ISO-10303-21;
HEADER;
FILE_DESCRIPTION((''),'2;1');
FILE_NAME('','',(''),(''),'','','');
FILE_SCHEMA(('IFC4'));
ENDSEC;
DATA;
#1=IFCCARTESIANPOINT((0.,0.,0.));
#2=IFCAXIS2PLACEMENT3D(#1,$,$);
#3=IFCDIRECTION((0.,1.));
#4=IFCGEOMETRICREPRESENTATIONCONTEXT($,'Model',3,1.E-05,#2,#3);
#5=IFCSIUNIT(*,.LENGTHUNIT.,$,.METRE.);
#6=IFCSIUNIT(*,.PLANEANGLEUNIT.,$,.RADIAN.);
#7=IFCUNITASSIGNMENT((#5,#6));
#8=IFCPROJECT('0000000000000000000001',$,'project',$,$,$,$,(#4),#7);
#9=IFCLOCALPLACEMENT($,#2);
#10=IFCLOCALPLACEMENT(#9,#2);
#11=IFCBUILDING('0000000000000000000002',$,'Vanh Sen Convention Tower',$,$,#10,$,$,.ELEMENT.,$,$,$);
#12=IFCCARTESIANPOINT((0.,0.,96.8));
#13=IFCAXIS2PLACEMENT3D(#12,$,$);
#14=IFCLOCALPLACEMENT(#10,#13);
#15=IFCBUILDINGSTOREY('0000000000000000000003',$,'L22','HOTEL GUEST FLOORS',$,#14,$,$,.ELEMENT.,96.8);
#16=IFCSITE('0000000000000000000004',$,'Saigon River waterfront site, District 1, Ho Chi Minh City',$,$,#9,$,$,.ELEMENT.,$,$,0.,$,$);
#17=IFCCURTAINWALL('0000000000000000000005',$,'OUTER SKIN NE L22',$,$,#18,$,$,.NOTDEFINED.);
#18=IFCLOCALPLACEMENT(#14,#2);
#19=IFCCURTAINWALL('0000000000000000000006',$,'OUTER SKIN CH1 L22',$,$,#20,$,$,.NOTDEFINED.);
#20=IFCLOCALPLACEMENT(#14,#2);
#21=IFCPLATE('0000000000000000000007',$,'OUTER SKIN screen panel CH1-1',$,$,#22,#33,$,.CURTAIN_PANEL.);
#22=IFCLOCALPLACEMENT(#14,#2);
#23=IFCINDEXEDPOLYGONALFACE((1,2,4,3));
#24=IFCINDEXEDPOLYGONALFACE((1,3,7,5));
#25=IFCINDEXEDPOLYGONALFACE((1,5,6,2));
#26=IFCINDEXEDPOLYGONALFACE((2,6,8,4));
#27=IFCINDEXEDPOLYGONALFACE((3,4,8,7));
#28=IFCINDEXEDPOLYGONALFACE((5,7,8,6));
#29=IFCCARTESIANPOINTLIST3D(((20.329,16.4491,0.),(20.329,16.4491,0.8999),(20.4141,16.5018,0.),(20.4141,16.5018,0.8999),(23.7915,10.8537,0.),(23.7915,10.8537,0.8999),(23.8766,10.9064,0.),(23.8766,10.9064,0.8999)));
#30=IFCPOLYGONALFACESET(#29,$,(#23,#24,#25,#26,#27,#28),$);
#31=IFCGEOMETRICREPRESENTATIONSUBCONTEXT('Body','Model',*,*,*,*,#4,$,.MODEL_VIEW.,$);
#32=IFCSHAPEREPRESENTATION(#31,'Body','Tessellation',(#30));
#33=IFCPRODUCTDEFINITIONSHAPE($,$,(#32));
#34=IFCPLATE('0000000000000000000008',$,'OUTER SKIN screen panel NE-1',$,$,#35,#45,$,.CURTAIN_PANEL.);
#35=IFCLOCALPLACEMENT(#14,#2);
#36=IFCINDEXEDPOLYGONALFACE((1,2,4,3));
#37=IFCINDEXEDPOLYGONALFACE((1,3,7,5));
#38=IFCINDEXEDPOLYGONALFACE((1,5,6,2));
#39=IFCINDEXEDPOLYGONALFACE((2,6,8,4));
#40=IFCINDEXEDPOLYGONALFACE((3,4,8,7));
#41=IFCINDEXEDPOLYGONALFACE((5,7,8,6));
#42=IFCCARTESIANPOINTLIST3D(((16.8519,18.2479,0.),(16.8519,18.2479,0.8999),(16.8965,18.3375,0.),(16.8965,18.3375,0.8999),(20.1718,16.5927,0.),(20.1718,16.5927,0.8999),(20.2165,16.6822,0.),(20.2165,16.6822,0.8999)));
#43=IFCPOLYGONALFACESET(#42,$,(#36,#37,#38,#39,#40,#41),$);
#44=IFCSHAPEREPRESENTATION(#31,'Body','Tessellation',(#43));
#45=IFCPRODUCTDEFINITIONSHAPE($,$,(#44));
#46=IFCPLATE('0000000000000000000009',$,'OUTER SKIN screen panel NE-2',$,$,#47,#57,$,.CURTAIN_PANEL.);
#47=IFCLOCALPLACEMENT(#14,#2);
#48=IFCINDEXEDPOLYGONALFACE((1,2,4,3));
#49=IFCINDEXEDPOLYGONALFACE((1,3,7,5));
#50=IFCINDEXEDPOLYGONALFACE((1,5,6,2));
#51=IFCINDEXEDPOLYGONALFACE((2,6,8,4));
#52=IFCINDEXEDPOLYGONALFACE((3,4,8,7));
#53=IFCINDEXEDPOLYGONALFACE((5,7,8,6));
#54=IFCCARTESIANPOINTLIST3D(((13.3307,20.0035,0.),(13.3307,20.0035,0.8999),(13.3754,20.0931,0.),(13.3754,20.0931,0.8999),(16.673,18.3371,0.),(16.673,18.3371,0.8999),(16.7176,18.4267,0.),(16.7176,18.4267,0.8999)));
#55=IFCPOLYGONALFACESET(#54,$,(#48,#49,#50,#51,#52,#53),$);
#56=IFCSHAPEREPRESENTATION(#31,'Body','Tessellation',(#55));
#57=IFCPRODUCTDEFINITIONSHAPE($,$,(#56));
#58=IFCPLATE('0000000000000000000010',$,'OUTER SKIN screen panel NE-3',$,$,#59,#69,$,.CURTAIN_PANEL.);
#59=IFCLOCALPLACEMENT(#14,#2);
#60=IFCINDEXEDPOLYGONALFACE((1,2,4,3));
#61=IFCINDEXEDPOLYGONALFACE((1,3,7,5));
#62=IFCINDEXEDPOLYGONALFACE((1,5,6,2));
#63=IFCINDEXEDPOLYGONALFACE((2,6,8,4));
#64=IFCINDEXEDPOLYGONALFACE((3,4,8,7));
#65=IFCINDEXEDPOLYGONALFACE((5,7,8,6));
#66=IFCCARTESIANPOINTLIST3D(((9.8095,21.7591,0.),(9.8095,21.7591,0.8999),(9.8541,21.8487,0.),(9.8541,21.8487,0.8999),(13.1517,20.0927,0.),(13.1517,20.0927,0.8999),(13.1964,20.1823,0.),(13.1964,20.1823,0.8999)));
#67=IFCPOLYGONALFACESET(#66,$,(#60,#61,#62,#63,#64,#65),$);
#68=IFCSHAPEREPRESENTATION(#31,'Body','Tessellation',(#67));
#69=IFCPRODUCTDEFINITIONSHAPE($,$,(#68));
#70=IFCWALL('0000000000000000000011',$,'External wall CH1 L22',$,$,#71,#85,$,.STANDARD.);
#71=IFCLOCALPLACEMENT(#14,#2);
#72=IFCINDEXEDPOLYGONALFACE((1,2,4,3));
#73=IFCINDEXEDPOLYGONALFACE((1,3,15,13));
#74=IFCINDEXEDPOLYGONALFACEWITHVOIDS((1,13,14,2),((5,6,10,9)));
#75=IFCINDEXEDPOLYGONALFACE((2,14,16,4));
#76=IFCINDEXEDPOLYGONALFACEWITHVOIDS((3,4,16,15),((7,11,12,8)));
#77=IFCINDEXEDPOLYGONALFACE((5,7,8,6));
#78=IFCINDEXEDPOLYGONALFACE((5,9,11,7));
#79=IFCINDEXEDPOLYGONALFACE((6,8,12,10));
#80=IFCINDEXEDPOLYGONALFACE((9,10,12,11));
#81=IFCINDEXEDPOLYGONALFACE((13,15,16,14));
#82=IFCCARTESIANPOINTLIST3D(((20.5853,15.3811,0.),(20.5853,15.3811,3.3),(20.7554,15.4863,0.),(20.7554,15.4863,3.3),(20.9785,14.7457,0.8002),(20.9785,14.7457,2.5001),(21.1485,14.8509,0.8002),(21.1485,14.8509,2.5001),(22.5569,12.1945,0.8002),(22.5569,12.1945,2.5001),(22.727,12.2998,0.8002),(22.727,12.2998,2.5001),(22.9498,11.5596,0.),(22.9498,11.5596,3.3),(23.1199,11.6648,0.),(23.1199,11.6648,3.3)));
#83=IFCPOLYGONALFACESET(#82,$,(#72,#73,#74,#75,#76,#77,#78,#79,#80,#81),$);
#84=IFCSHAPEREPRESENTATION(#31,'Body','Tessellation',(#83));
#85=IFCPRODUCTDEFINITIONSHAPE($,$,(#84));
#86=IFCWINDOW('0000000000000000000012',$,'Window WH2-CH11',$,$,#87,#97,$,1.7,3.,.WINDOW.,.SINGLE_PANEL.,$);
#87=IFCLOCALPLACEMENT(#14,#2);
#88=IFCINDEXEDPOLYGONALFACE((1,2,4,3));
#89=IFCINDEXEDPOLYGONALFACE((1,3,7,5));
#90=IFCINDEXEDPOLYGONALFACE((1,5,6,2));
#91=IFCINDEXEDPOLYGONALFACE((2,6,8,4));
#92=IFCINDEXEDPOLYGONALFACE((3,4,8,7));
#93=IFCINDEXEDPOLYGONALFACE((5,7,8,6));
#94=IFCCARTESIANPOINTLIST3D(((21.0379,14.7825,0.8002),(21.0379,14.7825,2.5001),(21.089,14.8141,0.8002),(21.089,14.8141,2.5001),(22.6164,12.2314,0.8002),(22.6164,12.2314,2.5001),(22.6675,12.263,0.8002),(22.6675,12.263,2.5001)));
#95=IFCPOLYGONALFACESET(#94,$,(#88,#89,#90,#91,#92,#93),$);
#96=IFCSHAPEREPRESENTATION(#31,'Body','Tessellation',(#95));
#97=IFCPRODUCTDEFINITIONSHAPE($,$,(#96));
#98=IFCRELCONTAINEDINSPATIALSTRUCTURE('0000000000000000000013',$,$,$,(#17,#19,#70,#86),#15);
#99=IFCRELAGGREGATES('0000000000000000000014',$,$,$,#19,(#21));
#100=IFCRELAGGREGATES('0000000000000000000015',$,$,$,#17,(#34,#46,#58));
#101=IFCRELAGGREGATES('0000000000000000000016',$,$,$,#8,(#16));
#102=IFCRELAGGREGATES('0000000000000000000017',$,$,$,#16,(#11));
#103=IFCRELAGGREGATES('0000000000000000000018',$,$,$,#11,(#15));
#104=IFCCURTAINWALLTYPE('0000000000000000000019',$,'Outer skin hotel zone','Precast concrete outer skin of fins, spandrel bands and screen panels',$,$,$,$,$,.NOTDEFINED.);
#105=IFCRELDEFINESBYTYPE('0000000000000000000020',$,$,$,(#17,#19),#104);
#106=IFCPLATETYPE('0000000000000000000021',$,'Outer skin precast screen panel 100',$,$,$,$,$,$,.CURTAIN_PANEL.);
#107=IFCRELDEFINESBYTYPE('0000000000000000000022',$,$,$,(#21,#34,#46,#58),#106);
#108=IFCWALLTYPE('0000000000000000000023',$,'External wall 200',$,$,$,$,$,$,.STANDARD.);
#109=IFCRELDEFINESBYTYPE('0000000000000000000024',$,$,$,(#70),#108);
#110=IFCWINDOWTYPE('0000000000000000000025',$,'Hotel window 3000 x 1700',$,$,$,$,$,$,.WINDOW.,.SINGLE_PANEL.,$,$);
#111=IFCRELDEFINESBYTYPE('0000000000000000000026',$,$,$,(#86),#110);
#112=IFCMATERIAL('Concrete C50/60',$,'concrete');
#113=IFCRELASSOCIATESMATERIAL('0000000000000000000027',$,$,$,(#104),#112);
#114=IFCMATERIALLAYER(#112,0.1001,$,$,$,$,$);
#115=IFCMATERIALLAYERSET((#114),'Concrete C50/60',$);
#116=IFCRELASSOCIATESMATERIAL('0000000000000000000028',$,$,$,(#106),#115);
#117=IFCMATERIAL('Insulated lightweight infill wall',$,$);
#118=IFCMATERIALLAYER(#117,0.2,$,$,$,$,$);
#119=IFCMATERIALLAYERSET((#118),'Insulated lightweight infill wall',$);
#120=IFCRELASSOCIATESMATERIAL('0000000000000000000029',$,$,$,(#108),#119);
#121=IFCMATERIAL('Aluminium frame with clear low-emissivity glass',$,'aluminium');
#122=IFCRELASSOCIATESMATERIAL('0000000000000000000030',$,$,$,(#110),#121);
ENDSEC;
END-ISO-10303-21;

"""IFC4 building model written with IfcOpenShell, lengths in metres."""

from ifc_helpers import new_model, si_unit, direction, frame, frame_2d, origin, origin_2d, place, context, subcontext, project, spatial, rectangle, extrude, material, layer, layer_set, type_object, element, fill, aggregate, save


model = new_model("IFC4")

# Units and contexts
model_context = context("Model", 3, precision=1e-05, world=origin(), true_north=direction((0.0, 1.0)))
body_context = subcontext(model_context, "Body", "Model", "MODEL_VIEW")
ifc_project = project(units=[si_unit("LENGTHUNIT", "METRE"), si_unit("PLANEANGLEUNIT", "RADIAN")], contexts=[model_context])

# Site, building, storey
site_placement = place(None, origin())
site = spatial("IfcSite", under=ifc_project, at=site_placement, Name="Saigon River waterfront site, District 1, Ho Chi Minh City", CompositionType="ELEMENT", RefElevation=0.0)
building_placement = place(site_placement, origin())
building = spatial("IfcBuilding", under=site, at=building_placement, Name="Vanh Sen Convention Tower", CompositionType="ELEMENT")
storey_placement = place(building_placement, frame((0.0, 0.0, 96.8)))
storey = spatial("IfcBuildingStorey", under=building, at=storey_placement, Name="L22", Description="HOTEL GUEST FLOORS", CompositionType="ELEMENT", Elevation=96.8)

# Curtain wall
ifc_material_1 = material(Name="Concrete C50/60", Category="concrete")
curtain_wall_type = type_object("IfcCurtainWallType", Name="Outer skin hotel zone", Description="Precast concrete outer skin of fins, spandrel bands and screen panels", PredefinedType="NOTDEFINED", material=ifc_material_1)
curtain_wall_1_placement = place(storey_placement, origin())
curtain_wall_1 = element("IfcCurtainWall", 1, at=curtain_wall_1_placement, inside=storey, type_object=curtain_wall_type, Name="OUTER SKIN NE L22", PredefinedType="NOTDEFINED")

# Curtain wall, plate
curtain_wall_2_placement = place(storey_placement, origin())
curtain_wall_2 = element("IfcCurtainWall", 2, at=curtain_wall_2_placement, inside=storey, type_object=curtain_wall_type, Name="OUTER SKIN CH1 L22", PredefinedType="NOTDEFINED")
ifc_layer_1 = layer(ifc_material_1, 0.1001)
ifc_layer_set_1 = layer_set([ifc_layer_1], Name="Concrete C50/60")
plate_type = type_object("IfcPlateType", Name="Outer skin precast screen panel 100", PredefinedType="CURTAIN_PANEL", material=ifc_layer_set_1)
plate_1_placement = place(storey_placement, frame((22.1028, 13.6777, 0.0), z_axis=(0.0, 0.0, 1.0), x_axis=(-0.526212, 0.850353, 0.0)))
plate_1 = element("IfcPlate", 3, at=plate_1_placement, type_object=plate_type, Name="OUTER SKIN screen panel CH1-1", PredefinedType="CURTAIN_PANEL", context=body_context, shape_type="SweptSolid", body=[
    extrude(rectangle(XDim=6.5801, YDim=0.1001, at=origin_2d()), origin(), (0.0, 0.0, 1.0), 0.8999),
])
aggregate(curtain_wall_2, [plate_1])

# Plates
plate_2_placement = place(storey_placement, frame((18.5342, 17.4651, 0.0), z_axis=(0.0, 0.0, 1.0), x_axis=(-0.894935, 0.446196, 0.0)))
plate_2 = element("IfcPlate", 4, at=plate_2_placement, type_object=plate_type, Name="OUTER SKIN screen panel NE-1", PredefinedType="CURTAIN_PANEL", context=body_context, shape_type="SweptSolid", body=[
    extrude(rectangle(XDim=3.7097, YDim=0.1001, at=origin_2d()), origin(), (0.0, 0.0, 1.0), 0.8999),
])
plate_3_placement = place(storey_placement, frame((15.0242, 19.2151, 0.0), z_axis=(0.0, 0.0, 1.0), x_axis=(-0.894935, 0.446196, 0.0)))
plate_3 = element("IfcPlate", 5, at=plate_3_placement, type_object=plate_type, Name="OUTER SKIN screen panel NE-2", PredefinedType="CURTAIN_PANEL", context=body_context, shape_type="SweptSolid", body=[
    extrude(rectangle(XDim=3.7346, YDim=0.1001, at=origin_2d()), origin(), (0.0, 0.0, 1.0), 0.8999),
])
plate_4_placement = place(storey_placement, frame((11.5029, 20.9707, 0.0), z_axis=(0.0, 0.0, 1.0), x_axis=(-0.894935, 0.446196, 0.0)))
plate_4 = element("IfcPlate", 6, at=plate_4_placement, type_object=plate_type, Name="OUTER SKIN screen panel NE-3", PredefinedType="CURTAIN_PANEL", context=body_context, shape_type="SweptSolid", body=[
    extrude(rectangle(XDim=3.7346, YDim=0.1001, at=origin_2d()), origin(), (0.0, 0.0, 1.0), 0.8999),
])
aggregate(curtain_wall_1, [plate_2, plate_3, plate_4])

# Wall, opening, window
ifc_material_2 = material(Name="Insulated lightweight infill wall")
ifc_layer_2 = layer(ifc_material_2, 0.2)
ifc_layer_set_2 = layer_set([ifc_layer_2], Name="Insulated lightweight infill wall")
wall_type_1 = type_object("IfcWallType", Name="External wall 200", PredefinedType="STANDARD", material=ifc_layer_set_2)
wall_1_placement = place(storey_placement, frame((23.0349, 11.6121, 0.0), z_axis=(0.0, 0.0, 1.0), x_axis=(-0.52616, 0.850386, 0.0)))
wall_1 = element("IfcWall", 7, at=wall_1_placement, inside=storey, type_object=wall_type_1, Name="External wall CH1 L22", PredefinedType="STANDARD", context=body_context, shape_type="SweptSolid", body=[
    extrude(rectangle(XDim=4.4939, YDim=0.2, at=frame_2d((2.2471, 0.0))), origin(), (0.0, 0.0, 1.0), 3.3),
])
opening_1_placement = place(wall_1_placement, frame((0.7468, 0.0, 0.8)))
opening_1 = element("IfcOpeningElement", 8, at=opening_1_placement, cuts=wall_1, PredefinedType="OPENING", context=body_context, shape_type="SweptSolid", body=[
    extrude(rectangle(XDim=3.0, YDim=1.7, at=frame_2d((1.5, 0.8501))), frame((0.0, 0.1099, 0.0), z_axis=(0.0, -1.0, 0.0), x_axis=(1.0, 0.0, 0.0)), (0.0, 0.0, 1.0), 0.22),
])
ifc_material_3 = material(Name="Aluminium frame with clear low-emissivity glass", Category="aluminium")
window_type_1 = type_object("IfcWindowType", Name="Hotel window 3000 x 1700", PartitioningType="SINGLE_PANEL", PredefinedType="WINDOW", material=ifc_material_3)
window_1_placement = place(opening_1_placement, origin())
window_1 = element("IfcWindow", 9, at=window_1_placement, inside=storey, type_object=window_type_1, Name="Window WH2-CH11", OverallHeight=1.7, OverallWidth=3.0, PartitioningType="SINGLE_PANEL", PredefinedType="WINDOW", context=body_context, shape_type="SweptSolid", body=[
    extrude(rectangle(XDim=3.0, YDim=1.7, at=frame_2d((1.5, 0.8501))), frame((0.0, 0.03, 0.0), z_axis=(0.0, -1.0, 0.0), x_axis=(1.0, 0.0, 0.0)), (0.0, 0.0, 1.0), 0.0601),
])
fill(opening_1, window_1)

save(model, "model.ifc")
